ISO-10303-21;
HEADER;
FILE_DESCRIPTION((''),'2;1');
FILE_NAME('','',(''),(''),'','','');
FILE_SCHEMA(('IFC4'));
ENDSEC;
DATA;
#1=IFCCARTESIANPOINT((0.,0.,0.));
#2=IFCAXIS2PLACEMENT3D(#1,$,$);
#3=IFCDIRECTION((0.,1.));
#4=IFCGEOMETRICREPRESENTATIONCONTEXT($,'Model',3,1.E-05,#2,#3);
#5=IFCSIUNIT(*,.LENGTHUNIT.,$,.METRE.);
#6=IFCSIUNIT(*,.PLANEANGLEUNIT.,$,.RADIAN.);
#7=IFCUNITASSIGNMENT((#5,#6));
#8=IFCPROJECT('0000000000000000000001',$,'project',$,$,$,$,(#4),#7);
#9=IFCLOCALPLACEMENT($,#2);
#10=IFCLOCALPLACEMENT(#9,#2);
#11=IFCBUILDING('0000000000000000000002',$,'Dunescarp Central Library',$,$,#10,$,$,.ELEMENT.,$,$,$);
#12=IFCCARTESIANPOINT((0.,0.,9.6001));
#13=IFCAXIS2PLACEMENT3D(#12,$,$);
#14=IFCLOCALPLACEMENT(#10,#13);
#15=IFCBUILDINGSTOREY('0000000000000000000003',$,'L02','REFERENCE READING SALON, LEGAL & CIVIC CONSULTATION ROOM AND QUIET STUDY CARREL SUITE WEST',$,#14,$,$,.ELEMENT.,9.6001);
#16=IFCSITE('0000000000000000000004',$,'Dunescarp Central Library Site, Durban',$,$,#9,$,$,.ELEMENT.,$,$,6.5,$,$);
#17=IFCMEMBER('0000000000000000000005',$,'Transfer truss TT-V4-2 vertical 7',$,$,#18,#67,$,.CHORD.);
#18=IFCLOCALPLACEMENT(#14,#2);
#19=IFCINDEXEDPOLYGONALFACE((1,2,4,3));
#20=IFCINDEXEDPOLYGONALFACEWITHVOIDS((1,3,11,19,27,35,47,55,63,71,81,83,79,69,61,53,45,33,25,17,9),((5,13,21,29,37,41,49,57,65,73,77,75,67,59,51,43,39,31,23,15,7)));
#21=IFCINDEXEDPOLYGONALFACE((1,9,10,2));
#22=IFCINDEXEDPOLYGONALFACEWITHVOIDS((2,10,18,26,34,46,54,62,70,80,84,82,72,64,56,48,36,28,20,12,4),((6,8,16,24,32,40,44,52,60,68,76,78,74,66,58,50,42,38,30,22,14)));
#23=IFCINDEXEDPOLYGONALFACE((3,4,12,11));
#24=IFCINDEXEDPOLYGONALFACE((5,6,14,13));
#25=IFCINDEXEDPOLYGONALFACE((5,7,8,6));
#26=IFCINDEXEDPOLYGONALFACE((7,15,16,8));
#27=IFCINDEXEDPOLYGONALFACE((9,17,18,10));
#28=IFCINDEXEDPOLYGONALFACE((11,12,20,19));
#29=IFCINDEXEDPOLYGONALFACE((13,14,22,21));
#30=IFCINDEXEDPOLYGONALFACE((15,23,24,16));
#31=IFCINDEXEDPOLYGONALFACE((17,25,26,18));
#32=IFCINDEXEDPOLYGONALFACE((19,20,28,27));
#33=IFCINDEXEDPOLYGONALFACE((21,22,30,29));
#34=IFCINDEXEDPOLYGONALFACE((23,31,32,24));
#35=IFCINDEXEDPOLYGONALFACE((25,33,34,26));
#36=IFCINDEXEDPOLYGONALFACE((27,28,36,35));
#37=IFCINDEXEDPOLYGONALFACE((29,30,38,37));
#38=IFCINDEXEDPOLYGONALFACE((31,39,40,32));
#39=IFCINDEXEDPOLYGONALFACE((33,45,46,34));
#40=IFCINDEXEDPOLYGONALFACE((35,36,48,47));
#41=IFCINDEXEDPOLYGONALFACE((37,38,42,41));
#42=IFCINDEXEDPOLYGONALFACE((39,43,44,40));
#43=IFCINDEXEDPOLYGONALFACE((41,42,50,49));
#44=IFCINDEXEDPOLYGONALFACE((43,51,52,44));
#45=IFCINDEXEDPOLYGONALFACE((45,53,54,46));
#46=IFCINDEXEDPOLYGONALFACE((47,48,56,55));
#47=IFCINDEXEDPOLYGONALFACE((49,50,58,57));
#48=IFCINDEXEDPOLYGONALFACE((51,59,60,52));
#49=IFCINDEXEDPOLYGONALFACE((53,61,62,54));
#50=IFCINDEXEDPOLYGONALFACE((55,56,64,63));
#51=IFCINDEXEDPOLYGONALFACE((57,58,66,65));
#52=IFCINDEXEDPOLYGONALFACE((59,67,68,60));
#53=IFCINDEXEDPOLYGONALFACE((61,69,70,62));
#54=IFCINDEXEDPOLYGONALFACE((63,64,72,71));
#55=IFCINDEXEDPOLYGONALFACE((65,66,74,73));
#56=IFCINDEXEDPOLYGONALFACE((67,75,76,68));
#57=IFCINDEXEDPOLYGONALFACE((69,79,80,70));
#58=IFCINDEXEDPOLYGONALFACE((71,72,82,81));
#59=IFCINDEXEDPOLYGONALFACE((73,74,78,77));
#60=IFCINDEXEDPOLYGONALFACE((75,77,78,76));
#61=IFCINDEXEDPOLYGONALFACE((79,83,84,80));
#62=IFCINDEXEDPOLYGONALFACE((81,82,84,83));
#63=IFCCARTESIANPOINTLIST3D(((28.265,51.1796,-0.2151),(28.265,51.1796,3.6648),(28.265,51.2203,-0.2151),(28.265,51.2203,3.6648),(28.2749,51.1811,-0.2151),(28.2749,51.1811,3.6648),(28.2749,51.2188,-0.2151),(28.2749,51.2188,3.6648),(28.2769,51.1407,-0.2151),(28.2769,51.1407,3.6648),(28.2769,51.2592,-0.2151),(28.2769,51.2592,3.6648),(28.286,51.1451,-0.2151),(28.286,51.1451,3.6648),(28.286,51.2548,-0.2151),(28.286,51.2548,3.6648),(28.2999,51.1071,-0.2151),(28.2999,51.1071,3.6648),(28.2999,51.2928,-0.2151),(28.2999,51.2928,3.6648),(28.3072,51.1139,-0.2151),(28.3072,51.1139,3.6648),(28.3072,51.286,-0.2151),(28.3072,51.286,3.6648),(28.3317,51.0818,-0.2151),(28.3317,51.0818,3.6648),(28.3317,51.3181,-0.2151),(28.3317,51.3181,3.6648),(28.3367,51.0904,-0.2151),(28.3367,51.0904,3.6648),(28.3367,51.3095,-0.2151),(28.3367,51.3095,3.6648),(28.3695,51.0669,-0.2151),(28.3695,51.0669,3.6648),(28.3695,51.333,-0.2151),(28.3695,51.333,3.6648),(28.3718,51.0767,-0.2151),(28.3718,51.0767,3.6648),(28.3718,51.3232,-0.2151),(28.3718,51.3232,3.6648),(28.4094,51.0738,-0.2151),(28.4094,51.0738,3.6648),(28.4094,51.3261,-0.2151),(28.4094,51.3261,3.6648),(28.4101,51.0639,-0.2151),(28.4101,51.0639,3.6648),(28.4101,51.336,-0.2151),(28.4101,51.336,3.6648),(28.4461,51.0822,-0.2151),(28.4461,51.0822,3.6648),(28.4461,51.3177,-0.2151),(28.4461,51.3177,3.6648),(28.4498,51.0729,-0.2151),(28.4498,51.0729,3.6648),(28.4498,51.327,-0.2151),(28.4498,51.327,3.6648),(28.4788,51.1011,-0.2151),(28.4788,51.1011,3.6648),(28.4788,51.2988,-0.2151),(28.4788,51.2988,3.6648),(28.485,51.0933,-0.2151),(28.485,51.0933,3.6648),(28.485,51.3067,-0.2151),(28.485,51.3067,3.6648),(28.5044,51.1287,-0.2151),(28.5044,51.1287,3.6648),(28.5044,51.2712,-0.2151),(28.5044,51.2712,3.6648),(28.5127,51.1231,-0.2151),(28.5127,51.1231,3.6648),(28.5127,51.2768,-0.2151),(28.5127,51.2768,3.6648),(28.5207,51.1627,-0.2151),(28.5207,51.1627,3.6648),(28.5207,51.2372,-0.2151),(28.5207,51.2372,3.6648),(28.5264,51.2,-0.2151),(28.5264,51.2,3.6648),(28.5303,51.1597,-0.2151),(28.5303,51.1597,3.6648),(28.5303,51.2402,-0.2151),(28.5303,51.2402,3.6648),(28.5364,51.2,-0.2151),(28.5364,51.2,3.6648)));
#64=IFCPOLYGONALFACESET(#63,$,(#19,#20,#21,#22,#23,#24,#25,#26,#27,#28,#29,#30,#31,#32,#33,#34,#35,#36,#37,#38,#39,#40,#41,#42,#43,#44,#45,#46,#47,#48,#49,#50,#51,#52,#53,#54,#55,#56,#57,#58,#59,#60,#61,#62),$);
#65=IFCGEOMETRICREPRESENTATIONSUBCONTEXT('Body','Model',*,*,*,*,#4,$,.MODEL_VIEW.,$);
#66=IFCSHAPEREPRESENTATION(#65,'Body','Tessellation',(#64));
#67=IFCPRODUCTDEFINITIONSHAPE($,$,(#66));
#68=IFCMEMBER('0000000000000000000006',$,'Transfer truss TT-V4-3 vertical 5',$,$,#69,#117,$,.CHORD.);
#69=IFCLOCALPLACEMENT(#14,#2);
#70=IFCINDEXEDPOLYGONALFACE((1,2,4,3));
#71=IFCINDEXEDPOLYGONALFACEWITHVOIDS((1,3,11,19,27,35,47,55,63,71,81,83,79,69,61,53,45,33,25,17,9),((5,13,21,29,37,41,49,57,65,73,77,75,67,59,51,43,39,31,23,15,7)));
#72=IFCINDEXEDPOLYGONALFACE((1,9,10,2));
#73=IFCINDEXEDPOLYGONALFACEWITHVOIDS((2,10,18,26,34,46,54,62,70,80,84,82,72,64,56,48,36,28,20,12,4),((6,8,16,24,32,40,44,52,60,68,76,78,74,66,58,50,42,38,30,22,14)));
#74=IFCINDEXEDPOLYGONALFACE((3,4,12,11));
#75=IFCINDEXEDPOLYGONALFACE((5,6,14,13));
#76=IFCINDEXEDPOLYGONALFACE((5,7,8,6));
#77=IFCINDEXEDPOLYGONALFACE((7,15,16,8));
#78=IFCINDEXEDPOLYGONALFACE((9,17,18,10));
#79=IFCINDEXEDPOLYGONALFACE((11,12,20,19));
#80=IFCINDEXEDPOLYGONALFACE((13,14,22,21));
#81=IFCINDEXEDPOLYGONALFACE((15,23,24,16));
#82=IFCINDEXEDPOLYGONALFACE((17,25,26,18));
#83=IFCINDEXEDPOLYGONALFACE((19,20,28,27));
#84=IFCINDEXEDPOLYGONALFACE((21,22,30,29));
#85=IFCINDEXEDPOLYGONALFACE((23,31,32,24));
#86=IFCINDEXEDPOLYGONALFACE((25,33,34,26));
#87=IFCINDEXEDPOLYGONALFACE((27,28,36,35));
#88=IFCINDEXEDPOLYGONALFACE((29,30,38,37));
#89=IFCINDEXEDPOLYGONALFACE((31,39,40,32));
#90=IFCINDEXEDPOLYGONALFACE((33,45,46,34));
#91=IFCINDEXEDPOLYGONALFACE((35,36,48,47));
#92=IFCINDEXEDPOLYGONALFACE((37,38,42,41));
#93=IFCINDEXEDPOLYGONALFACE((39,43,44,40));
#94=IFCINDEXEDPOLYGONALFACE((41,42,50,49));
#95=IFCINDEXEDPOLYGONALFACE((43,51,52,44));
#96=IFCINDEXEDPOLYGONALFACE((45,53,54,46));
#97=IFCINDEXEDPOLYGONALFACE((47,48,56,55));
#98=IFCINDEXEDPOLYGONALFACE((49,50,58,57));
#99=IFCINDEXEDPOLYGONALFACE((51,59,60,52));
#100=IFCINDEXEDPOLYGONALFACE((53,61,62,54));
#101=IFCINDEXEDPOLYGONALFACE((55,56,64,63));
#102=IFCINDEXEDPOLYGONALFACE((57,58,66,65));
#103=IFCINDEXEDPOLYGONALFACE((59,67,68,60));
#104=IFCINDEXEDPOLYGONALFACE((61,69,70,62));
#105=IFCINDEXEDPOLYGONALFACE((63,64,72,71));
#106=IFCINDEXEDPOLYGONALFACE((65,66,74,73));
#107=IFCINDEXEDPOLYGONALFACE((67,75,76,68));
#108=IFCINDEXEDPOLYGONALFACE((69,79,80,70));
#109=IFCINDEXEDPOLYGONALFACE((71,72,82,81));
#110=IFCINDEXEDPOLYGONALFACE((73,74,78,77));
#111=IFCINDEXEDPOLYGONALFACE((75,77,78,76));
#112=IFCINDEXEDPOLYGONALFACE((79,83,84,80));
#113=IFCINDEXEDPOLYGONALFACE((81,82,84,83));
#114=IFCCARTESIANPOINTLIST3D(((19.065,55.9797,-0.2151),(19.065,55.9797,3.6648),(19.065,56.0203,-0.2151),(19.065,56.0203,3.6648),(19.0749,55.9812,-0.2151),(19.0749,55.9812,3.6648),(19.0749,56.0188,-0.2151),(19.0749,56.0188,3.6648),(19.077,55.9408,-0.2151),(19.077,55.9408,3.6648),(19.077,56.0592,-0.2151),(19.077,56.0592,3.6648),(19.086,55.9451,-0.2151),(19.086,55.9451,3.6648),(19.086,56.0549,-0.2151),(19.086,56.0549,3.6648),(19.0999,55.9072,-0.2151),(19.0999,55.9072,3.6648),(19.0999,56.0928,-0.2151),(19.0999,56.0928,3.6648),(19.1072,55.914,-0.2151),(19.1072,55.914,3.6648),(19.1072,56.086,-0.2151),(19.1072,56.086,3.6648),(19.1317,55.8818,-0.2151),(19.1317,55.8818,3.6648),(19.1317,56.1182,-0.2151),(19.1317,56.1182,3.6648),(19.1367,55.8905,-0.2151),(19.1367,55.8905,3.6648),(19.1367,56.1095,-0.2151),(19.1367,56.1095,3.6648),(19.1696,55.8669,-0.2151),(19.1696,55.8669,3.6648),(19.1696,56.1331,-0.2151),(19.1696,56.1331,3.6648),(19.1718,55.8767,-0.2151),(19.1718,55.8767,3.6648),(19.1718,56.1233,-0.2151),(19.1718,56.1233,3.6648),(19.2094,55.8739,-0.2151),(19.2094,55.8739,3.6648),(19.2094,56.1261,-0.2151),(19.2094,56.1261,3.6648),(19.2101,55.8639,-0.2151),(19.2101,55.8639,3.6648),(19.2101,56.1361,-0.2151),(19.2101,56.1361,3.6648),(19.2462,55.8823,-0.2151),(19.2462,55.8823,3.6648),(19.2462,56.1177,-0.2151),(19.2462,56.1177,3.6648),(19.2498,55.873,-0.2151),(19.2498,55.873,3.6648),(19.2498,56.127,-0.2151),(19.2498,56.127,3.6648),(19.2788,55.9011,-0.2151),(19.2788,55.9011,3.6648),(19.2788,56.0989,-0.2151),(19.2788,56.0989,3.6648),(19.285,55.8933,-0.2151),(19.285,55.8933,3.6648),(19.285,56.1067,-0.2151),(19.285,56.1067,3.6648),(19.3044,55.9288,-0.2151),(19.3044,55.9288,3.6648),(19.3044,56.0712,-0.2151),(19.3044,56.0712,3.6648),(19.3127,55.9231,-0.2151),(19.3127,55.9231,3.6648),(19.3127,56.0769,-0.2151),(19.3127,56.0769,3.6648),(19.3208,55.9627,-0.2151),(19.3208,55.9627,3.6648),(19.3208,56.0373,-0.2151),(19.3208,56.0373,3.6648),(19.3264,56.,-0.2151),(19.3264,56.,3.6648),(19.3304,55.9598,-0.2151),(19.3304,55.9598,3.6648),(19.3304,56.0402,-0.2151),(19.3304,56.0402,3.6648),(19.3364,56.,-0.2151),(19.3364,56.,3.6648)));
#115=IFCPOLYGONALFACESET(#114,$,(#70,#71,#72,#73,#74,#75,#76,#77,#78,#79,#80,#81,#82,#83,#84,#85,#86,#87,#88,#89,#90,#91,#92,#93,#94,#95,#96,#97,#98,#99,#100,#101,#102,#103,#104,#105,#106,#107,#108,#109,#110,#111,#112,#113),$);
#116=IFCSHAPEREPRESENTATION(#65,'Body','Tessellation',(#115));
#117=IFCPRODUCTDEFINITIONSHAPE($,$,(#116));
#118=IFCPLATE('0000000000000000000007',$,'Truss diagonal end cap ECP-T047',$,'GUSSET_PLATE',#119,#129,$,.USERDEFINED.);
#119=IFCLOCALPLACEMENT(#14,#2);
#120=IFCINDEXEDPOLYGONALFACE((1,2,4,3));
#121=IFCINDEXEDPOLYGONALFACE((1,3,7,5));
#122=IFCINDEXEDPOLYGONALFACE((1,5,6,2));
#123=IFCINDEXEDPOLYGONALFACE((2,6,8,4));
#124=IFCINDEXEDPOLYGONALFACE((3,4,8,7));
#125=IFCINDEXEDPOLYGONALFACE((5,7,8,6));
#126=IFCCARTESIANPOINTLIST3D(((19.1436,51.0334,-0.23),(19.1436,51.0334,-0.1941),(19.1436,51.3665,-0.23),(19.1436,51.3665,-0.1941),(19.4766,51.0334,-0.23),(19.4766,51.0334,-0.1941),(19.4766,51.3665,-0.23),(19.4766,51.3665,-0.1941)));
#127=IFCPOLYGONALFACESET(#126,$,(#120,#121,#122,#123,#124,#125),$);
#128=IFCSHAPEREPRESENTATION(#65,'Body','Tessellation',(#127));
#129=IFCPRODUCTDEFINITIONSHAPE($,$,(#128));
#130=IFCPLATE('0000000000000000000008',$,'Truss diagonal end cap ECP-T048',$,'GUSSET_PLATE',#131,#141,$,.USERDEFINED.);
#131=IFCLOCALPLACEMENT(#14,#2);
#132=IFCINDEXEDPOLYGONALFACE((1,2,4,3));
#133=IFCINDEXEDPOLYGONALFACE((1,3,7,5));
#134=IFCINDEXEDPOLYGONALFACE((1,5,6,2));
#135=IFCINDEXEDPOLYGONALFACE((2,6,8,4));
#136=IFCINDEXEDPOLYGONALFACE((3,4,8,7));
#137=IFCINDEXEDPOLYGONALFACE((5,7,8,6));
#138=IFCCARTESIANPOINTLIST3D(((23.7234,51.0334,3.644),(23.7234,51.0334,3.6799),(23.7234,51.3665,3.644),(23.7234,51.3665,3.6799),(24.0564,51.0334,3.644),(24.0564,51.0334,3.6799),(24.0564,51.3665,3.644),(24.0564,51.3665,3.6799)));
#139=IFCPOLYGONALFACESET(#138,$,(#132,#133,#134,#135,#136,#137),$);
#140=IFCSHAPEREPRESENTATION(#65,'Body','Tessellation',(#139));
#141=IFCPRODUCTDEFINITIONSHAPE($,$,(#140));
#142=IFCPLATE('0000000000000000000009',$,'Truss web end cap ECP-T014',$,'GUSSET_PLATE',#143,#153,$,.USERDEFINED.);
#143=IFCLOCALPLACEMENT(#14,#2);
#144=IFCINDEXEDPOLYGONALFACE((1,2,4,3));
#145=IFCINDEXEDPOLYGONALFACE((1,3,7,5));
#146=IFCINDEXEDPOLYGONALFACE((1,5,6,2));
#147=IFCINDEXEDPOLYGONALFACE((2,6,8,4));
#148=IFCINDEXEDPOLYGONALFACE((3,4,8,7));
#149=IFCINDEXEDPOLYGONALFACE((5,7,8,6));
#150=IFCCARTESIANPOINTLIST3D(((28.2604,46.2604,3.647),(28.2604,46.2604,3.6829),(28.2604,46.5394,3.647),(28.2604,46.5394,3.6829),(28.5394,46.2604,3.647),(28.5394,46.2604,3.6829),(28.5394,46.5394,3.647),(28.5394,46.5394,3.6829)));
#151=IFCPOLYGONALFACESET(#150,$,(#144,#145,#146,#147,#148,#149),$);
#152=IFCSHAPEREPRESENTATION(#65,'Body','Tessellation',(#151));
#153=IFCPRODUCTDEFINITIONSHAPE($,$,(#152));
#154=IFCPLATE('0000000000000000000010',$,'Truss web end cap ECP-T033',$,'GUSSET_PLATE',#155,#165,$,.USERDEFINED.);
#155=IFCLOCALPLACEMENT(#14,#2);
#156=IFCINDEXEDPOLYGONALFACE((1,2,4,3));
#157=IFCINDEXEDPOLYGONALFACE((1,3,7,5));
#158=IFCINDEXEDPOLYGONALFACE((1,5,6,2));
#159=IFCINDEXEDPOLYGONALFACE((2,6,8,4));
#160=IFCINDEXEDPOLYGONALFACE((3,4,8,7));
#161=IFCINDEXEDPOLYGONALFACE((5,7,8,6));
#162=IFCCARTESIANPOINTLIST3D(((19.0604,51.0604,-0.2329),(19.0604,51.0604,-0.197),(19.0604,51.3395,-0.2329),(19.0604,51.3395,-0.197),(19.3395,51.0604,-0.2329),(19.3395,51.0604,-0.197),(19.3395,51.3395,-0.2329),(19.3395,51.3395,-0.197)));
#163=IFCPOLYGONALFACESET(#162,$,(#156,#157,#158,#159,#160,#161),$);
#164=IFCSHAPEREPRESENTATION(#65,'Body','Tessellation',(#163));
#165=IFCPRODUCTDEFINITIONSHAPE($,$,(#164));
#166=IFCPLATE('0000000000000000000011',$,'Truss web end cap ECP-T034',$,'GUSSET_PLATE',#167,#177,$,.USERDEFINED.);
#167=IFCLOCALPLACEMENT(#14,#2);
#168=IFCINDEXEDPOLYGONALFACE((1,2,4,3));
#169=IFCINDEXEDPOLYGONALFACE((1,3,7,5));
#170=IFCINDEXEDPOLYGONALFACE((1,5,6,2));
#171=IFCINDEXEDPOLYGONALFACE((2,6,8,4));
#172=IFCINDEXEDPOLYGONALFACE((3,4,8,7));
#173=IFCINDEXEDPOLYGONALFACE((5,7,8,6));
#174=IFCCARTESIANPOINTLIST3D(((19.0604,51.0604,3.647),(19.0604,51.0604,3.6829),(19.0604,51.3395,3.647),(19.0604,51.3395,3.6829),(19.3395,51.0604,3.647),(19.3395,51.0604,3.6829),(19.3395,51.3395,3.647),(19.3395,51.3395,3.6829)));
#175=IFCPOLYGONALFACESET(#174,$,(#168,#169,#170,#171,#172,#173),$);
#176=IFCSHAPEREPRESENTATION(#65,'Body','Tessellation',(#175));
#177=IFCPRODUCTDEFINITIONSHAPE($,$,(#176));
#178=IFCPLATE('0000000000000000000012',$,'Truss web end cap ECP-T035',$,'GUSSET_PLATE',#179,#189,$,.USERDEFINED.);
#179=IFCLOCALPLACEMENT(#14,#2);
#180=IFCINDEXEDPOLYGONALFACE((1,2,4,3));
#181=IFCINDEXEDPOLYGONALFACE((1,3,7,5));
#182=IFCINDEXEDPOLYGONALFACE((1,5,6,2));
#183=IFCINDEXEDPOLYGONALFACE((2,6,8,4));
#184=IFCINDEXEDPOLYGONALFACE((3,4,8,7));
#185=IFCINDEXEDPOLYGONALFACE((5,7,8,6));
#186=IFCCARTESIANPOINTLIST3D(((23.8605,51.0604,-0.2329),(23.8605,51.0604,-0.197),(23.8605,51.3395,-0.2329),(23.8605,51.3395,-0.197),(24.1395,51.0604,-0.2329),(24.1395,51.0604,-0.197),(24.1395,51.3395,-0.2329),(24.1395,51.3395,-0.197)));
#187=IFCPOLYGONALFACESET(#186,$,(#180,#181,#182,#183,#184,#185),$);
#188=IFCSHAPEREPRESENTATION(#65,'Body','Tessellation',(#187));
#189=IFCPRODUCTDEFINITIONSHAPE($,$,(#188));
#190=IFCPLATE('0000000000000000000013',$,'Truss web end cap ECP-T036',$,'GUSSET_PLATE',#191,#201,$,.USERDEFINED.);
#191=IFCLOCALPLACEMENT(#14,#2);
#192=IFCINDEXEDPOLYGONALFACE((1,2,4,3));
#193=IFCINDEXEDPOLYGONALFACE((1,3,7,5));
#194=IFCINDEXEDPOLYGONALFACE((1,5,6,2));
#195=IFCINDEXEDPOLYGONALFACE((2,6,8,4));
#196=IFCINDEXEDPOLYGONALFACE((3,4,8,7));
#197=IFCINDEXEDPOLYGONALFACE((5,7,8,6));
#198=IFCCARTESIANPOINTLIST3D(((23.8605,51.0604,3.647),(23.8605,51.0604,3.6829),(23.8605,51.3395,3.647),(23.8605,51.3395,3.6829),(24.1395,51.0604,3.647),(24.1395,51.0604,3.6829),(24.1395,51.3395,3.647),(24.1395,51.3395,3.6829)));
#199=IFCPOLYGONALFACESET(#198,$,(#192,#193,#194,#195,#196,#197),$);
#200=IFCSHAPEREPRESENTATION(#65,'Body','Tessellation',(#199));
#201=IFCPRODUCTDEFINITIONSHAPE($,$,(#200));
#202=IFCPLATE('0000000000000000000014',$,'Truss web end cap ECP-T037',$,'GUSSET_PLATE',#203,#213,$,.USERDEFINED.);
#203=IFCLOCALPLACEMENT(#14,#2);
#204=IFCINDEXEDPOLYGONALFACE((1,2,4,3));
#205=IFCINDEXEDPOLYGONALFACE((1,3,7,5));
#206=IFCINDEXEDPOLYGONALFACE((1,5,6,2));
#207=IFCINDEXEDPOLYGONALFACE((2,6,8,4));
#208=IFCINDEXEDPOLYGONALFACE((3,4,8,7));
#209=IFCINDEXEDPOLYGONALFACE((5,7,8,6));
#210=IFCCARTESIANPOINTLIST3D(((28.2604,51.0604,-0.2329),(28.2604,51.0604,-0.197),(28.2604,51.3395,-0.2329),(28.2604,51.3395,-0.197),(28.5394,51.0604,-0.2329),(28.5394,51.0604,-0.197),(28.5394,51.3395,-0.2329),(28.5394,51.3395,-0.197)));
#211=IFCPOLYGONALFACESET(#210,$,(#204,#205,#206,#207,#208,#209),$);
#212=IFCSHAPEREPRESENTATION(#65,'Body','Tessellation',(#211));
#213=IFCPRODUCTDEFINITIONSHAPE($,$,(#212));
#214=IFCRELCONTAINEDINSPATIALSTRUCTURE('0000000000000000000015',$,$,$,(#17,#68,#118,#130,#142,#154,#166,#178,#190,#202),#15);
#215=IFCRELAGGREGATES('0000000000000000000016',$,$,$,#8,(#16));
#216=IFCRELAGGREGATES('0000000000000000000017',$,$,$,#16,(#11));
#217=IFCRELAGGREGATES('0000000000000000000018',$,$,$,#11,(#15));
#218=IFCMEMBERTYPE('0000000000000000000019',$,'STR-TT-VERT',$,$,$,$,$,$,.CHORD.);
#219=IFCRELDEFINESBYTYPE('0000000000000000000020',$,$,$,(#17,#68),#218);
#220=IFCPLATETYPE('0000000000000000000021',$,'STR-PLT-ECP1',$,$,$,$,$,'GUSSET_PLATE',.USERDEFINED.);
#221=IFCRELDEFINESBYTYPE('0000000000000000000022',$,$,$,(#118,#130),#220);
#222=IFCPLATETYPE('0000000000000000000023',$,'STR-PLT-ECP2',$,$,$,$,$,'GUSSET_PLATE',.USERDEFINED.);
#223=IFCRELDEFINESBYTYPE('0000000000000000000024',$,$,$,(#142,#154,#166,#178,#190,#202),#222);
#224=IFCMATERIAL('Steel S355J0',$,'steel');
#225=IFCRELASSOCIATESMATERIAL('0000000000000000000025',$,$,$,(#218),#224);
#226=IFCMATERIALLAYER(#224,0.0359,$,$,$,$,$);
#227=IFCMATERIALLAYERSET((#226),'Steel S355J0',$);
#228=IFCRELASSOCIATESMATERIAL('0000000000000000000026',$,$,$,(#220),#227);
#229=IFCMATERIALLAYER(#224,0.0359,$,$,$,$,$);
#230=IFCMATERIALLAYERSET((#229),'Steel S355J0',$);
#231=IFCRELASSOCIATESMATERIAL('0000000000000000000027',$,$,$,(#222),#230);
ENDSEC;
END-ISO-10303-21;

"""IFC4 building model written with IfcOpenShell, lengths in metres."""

from ifc_helpers import new_model, si_unit, direction, frame, origin, origin_2d, place, context, subcontext, project, spatial, rectangle, hollow_circle, extrude, material, layer, layer_set, material_profile, profile_set, type_object, element, save


model = new_model("IFC4")

# Units and contexts
model_context = context("Model", 3, precision=1e-05, world=origin(), true_north=direction((0.0, 1.0)))
body_context = subcontext(model_context, "Body", "Model", "MODEL_VIEW")
ifc_project = project(units=[si_unit("LENGTHUNIT", "METRE"), si_unit("PLANEANGLEUNIT", "RADIAN")], contexts=[model_context])

# Site, building, storey
site_placement = place(None, origin())
site = spatial("IfcSite", under=ifc_project, at=site_placement, Name="Dunescarp Central Library Site, Durban", CompositionType="ELEMENT", RefElevation=6.5)
building_placement = place(site_placement, origin())
building = spatial("IfcBuilding", under=site, at=building_placement, Name="Dunescarp Central Library", CompositionType="ELEMENT")
storey_placement = place(building_placement, frame((0.0, 0.0, 9.6001)))
storey = spatial("IfcBuildingStorey", under=building, at=storey_placement, Name="L02", Description="REFERENCE READING SALON, LEGAL & CIVIC CONSULTATION ROOM AND QUIET STUDY CARREL SUITE WEST", CompositionType="ELEMENT", Elevation=9.6001)

# Members
ifc_material_1 = material(Name="Steel S355J0", Category="steel")
ifc_material_profile_1 = material_profile(ifc_material_1, hollow_circle(Radius=0.1365, WallThickness=0.01, at=origin_2d()), Name="CHS 273x10")
ifc_profile_set_1 = profile_set([ifc_material_profile_1], Name="Steel S355J0")
member_type_1 = type_object("IfcMemberType", Name="STR-TT-VERT", PredefinedType="CHORD", material=ifc_profile_set_1)
for number, where, z_axis, x_axis, name in (
    (1, (28.3999, 51.2, -0.2151), (0.0, 0.0, 1.0), (1.0, 0.0, 0.0), "Transfer truss TT-V4-2 vertical 7"),
    (2, (19.2, 56.0, -0.2151), (0.0, 0.0, 1.0), (1.0, 0.0, 0.0), "Transfer truss TT-V4-3 vertical 5"),
):
    element("IfcMember", number, at=place(storey_placement, frame(where, z_axis=z_axis, x_axis=x_axis)), inside=storey, type_object=member_type_1, Name=name, PredefinedType="CHORD", context=body_context, shape_type="SweptSolid", body=[
        extrude(hollow_circle(Radius=0.1365, WallThickness=0.01, at=origin_2d()), origin(), (0.0, 0.0, 1.0), 3.8799),
    ])

# Plates
ifc_layer_1 = layer(ifc_material_1, 0.0359)
ifc_layer_set_1 = layer_set([ifc_layer_1], Name="Steel S355J0")
plate_type_1 = type_object("IfcPlateType", Name="STR-PLT-ECP1", ElementType="GUSSET_PLATE", PredefinedType="USERDEFINED", material=ifc_layer_set_1)
for number, where, z_axis, x_axis, name in (
    (3, (19.3101, 51.2, -0.23), (0.0, 0.0, 1.0), (1.0, 0.0, 0.0), "Truss diagonal end cap ECP-T047"),
    (4, (23.8899, 51.2, 3.644), (0.0, 0.0, 1.0), (1.0, 0.0, 0.0), "Truss diagonal end cap ECP-T048"),
):
    element("IfcPlate", number, at=place(storey_placement, frame(where, z_axis=z_axis, x_axis=x_axis)), inside=storey, type_object=plate_type_1, Name=name, ObjectType="GUSSET_PLATE", PredefinedType="USERDEFINED", context=body_context, shape_type="SweptSolid", body=[
        extrude(rectangle(XDim=0.333, YDim=0.333, at=origin_2d()), origin(), (0.0, 0.0, 1.0), 0.0359),
    ])
ifc_layer_2 = layer(ifc_material_1, 0.0359)
ifc_layer_set_2 = layer_set([ifc_layer_2], Name="Steel S355J0")
plate_type_2 = type_object("IfcPlateType", Name="STR-PLT-ECP2", ElementType="GUSSET_PLATE", PredefinedType="USERDEFINED", material=ifc_layer_set_2)
for number, where, z_axis, x_axis, name in (
    (5, (28.3999, 46.3999, 3.647), (0.0, 0.0, 1.0), (1.0, 0.0, 0.0), "Truss web end cap ECP-T014"),
    (6, (19.2, 51.2, -0.2329), (0.0, 0.0, 1.0), (1.0, 0.0, 0.0), "Truss web end cap ECP-T033"),
    (7, (19.2, 51.2, 3.647), (0.0, 0.0, 1.0), (1.0, 0.0, 0.0), "Truss web end cap ECP-T034"),
    (8, (24.0, 51.2, -0.2329), (0.0, 0.0, 1.0), (1.0, 0.0, 0.0), "Truss web end cap ECP-T035"),
    (9, (24.0, 51.2, 3.647), (0.0, 0.0, 1.0), (1.0, 0.0, 0.0), "Truss web end cap ECP-T036"),
    (10, (28.3999, 51.2, -0.2329), (0.0, 0.0, 1.0), (1.0, 0.0, 0.0), "Truss web end cap ECP-T037"),
):
    element("IfcPlate", number, at=place(storey_placement, frame(where, z_axis=z_axis, x_axis=x_axis)), inside=storey, type_object=plate_type_2, Name=name, ObjectType="GUSSET_PLATE", PredefinedType="USERDEFINED", context=body_context, shape_type="SweptSolid", body=[
        extrude(rectangle(XDim=0.2791, YDim=0.2791, at=origin_2d()), origin(), (0.0, 0.0, 1.0), 0.0359),
    ])

save(model, "model.ifc")
